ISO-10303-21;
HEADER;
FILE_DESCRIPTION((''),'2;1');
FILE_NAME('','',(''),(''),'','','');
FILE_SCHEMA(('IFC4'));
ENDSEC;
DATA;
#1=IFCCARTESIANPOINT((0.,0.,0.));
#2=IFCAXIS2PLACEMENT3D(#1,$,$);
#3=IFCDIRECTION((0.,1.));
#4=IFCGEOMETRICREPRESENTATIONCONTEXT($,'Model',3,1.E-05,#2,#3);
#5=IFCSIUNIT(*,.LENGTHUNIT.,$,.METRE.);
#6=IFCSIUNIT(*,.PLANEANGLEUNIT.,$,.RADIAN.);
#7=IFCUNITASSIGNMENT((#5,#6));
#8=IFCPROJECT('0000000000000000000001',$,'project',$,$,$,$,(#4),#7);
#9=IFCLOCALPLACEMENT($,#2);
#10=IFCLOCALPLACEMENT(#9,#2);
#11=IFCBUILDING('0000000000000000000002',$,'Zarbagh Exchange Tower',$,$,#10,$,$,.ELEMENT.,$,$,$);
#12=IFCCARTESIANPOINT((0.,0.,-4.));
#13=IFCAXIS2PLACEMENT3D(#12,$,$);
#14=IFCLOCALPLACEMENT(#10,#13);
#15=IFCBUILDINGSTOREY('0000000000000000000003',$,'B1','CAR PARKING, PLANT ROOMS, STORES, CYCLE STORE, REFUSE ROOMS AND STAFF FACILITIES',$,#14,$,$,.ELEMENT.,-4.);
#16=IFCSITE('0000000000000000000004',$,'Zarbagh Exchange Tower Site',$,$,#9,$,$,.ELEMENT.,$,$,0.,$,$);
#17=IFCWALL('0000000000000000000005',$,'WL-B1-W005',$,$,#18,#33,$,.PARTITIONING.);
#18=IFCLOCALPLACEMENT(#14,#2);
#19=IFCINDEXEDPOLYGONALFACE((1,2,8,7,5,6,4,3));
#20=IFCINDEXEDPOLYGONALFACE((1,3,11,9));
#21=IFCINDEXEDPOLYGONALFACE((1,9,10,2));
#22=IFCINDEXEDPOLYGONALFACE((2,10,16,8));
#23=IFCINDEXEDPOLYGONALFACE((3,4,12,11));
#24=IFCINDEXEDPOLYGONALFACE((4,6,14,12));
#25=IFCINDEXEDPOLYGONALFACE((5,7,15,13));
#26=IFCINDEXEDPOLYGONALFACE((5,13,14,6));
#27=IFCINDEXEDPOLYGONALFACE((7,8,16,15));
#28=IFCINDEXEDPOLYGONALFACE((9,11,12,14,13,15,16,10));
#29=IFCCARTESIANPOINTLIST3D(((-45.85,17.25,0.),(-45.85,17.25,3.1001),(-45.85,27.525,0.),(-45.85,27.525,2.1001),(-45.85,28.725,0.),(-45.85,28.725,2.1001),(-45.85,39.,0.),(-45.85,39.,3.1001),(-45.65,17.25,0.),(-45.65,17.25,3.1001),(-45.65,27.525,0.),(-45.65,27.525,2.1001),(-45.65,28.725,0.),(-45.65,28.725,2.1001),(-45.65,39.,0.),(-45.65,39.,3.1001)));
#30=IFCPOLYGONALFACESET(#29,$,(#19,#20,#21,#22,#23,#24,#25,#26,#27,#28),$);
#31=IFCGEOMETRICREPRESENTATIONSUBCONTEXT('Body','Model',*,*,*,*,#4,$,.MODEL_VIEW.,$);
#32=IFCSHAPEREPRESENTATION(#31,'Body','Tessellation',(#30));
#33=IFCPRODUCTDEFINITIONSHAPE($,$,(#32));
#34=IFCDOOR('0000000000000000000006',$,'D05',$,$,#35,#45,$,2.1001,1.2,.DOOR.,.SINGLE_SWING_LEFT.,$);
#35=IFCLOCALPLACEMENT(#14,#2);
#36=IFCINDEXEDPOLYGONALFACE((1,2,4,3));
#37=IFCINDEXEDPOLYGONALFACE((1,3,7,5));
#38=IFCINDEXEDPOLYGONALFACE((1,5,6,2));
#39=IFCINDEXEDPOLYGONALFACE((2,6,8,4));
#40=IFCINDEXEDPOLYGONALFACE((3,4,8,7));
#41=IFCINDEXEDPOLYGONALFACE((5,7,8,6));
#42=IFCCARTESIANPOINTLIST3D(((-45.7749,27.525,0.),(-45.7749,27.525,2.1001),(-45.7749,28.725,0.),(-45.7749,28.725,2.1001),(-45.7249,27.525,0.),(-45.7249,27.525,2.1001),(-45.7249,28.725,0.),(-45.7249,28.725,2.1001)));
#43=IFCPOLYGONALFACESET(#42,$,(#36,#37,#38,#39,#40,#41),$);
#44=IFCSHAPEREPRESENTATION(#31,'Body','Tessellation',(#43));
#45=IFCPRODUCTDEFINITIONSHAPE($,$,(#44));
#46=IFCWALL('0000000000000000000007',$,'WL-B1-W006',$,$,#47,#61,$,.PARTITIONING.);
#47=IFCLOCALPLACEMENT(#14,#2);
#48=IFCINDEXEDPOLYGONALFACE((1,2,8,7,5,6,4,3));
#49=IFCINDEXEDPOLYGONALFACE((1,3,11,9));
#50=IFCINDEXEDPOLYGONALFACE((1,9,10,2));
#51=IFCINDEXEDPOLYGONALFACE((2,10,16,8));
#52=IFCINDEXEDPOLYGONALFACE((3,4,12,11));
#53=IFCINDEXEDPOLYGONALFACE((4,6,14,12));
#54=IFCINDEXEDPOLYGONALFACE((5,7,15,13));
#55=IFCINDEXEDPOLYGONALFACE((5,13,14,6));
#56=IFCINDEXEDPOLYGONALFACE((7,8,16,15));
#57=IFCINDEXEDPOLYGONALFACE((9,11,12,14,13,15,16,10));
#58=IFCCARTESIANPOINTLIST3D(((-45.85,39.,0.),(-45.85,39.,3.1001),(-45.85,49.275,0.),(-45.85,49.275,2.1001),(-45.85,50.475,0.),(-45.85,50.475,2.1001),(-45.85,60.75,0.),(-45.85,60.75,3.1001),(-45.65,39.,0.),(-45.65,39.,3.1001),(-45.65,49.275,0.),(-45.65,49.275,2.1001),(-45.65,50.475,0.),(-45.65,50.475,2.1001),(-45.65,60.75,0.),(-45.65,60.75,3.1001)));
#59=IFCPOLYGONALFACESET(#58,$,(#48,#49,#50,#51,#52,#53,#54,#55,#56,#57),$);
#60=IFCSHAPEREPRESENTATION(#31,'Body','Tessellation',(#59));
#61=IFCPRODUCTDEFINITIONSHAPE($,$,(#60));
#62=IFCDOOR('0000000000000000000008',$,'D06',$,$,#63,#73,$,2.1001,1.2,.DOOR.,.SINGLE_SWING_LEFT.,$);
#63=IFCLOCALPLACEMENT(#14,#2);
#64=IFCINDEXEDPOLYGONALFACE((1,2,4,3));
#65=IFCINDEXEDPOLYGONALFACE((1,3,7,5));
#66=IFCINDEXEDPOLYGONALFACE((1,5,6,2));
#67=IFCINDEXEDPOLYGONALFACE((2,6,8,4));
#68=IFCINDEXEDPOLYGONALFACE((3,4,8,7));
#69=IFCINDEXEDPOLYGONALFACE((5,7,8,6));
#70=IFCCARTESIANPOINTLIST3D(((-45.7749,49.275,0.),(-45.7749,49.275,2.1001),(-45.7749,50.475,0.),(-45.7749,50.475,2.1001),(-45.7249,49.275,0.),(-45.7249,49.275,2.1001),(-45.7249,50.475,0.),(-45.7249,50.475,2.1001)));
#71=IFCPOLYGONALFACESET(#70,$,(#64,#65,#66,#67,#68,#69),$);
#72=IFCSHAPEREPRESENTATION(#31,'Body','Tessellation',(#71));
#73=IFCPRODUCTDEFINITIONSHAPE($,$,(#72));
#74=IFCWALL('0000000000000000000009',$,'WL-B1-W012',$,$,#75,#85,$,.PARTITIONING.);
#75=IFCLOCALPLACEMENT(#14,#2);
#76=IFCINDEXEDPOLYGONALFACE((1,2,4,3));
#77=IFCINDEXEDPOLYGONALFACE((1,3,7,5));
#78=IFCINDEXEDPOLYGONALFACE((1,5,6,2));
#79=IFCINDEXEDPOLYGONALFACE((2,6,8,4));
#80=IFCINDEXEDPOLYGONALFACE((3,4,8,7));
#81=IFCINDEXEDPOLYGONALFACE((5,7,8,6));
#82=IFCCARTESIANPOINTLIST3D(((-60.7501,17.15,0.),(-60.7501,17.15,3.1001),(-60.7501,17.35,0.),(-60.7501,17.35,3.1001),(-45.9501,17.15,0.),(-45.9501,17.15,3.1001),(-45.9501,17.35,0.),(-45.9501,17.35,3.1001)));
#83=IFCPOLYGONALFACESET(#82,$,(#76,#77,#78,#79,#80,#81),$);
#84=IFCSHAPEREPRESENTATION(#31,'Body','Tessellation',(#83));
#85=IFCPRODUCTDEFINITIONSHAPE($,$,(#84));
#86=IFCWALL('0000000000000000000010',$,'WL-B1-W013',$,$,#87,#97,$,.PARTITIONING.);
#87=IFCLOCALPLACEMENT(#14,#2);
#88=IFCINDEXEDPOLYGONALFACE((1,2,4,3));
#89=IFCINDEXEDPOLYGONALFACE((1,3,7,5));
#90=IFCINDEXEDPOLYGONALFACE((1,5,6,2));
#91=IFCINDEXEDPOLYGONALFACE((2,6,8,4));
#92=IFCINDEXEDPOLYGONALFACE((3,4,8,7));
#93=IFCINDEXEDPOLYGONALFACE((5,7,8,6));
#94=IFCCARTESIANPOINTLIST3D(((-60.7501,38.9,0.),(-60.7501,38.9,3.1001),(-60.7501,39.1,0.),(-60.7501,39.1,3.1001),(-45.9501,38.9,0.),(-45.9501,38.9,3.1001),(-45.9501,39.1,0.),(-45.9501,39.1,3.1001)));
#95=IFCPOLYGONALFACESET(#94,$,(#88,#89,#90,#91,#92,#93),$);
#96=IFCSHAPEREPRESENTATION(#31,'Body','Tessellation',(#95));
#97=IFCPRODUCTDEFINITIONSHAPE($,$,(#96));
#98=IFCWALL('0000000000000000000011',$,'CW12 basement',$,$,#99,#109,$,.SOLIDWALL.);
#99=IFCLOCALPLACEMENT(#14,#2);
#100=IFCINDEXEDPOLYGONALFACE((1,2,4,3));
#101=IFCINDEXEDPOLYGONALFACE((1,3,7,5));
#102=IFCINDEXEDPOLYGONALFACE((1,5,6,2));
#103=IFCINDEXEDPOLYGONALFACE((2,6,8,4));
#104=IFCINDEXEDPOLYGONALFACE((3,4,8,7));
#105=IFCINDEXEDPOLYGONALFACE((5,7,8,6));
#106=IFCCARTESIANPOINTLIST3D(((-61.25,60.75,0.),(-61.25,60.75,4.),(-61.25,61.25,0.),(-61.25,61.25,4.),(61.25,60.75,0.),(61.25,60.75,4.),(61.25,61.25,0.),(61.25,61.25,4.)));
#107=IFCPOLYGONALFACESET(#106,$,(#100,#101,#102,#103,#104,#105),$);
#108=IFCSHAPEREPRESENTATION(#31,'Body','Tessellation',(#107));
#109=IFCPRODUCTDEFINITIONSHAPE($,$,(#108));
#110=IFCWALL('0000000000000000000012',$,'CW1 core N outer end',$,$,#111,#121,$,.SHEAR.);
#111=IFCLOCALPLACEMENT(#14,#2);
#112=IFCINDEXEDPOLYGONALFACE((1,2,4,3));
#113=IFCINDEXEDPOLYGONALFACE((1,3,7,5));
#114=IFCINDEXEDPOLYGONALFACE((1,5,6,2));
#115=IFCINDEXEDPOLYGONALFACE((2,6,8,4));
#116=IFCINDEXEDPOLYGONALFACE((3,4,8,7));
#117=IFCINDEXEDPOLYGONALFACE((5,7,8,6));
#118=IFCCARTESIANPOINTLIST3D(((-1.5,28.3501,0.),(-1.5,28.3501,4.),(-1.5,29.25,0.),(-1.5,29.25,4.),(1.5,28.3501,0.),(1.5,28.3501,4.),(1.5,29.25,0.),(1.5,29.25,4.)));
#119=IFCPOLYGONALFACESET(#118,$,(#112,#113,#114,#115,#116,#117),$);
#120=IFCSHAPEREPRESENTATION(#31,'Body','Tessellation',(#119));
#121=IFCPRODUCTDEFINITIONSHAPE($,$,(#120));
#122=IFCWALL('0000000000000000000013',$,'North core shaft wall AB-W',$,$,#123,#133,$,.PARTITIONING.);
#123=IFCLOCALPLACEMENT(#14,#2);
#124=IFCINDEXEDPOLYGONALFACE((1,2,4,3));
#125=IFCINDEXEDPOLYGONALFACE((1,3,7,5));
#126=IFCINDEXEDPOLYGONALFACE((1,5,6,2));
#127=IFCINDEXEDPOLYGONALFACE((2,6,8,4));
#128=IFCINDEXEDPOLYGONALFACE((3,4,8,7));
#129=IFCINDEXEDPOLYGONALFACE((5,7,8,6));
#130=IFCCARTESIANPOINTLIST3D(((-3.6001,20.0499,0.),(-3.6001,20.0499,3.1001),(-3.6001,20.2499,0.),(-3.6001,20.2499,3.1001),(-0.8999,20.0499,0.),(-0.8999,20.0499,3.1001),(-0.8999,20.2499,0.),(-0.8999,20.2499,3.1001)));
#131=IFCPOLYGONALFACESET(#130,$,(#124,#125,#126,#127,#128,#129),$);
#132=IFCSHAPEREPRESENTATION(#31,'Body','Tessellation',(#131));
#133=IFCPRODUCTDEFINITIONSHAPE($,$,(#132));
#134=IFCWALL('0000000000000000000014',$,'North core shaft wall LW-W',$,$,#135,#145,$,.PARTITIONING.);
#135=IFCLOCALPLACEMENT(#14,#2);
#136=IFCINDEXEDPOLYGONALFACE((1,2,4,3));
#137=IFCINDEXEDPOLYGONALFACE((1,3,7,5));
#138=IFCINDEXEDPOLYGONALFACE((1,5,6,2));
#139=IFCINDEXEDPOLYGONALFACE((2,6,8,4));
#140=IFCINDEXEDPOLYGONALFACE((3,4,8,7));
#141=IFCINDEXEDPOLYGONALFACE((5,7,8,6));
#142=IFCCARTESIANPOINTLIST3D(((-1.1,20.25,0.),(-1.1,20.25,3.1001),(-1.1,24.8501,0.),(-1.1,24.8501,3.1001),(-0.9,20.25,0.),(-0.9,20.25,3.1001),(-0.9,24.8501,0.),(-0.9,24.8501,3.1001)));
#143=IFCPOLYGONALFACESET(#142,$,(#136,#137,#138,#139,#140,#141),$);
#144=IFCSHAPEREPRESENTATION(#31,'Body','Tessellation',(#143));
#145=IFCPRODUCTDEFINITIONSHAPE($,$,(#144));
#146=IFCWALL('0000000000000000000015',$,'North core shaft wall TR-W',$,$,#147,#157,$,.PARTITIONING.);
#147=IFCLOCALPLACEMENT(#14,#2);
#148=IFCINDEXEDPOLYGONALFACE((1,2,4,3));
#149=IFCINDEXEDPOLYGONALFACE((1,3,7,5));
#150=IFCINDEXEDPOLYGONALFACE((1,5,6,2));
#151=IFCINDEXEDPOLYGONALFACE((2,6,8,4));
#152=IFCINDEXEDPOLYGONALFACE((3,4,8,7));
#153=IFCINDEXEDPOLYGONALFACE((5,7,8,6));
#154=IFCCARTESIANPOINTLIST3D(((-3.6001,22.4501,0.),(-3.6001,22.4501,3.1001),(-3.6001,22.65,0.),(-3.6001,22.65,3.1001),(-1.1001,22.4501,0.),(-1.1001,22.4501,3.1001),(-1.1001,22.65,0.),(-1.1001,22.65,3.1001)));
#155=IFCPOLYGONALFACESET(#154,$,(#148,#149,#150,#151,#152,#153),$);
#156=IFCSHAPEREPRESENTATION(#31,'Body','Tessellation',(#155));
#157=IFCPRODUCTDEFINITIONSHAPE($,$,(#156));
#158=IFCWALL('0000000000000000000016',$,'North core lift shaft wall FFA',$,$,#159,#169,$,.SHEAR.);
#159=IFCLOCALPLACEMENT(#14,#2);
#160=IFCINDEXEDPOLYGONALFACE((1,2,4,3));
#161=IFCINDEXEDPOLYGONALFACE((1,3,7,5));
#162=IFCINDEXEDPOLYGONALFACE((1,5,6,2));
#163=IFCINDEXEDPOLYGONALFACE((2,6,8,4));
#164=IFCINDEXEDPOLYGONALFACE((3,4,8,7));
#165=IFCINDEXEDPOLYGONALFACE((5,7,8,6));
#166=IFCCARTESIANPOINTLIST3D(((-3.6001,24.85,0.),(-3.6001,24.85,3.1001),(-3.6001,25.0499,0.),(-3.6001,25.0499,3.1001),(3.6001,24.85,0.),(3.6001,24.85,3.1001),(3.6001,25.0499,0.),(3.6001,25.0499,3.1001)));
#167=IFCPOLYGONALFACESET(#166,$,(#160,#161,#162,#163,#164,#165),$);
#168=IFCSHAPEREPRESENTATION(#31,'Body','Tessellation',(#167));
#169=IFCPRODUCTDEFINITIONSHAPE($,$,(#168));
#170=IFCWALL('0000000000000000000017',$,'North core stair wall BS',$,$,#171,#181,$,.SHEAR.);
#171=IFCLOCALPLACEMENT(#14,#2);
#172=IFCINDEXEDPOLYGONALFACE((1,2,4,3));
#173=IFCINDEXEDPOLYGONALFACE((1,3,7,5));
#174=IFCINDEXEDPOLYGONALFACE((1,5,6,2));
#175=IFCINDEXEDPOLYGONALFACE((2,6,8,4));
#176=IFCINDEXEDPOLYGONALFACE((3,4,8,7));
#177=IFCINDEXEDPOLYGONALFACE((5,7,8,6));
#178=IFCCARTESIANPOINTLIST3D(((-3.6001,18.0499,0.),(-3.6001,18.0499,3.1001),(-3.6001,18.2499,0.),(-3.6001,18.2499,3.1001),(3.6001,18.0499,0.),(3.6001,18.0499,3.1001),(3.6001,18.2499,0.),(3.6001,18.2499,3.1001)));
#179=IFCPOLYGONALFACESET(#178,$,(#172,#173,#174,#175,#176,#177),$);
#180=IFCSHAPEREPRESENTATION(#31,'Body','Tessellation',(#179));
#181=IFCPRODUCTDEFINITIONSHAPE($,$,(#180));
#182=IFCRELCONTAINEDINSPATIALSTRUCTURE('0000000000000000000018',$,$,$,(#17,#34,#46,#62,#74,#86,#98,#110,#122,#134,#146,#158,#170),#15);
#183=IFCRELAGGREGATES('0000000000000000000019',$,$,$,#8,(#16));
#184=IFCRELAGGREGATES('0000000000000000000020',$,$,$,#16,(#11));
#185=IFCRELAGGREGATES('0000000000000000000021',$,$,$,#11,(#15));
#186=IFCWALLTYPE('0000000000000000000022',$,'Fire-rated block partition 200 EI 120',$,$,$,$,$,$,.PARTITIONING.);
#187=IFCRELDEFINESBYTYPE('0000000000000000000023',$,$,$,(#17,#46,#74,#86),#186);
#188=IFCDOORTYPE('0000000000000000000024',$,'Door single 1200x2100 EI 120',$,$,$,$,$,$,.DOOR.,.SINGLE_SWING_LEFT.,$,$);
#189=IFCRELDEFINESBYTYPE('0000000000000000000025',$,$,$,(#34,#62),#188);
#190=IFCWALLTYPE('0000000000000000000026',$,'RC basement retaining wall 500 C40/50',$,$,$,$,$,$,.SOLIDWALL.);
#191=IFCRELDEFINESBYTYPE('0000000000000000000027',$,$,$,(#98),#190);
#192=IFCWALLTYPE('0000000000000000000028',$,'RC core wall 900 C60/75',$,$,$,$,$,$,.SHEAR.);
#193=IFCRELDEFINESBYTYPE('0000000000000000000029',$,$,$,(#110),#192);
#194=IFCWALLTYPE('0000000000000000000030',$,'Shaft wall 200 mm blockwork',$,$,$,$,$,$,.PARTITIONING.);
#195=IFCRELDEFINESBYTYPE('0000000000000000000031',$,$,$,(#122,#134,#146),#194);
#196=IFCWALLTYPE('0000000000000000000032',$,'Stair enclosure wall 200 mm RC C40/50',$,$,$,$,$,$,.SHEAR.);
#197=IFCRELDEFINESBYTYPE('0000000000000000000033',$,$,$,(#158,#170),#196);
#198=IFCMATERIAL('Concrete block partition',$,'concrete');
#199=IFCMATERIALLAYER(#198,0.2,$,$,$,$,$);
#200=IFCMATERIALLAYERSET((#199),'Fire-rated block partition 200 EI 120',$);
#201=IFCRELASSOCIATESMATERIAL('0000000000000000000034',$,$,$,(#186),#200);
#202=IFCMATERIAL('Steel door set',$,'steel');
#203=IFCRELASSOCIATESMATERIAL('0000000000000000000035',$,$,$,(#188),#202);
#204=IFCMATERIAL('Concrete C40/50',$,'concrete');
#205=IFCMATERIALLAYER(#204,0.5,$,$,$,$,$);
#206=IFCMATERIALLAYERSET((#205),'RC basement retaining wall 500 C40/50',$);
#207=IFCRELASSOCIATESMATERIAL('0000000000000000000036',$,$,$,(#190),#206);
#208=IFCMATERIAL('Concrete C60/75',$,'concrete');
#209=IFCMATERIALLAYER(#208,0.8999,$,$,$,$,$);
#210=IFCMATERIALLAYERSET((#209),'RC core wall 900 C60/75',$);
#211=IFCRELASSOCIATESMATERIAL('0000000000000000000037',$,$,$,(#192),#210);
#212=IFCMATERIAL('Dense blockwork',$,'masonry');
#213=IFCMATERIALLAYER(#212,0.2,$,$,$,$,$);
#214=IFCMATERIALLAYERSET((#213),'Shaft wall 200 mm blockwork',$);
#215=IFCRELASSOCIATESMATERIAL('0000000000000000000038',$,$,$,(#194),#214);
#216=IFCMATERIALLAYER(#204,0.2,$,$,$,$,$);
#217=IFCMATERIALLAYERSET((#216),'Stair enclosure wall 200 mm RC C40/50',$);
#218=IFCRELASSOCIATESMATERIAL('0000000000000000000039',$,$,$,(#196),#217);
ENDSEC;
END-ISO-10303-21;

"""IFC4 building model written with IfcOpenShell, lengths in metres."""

from ifc_helpers import new_model, si_unit, direction, frame, frame_2d, origin, place, context, subcontext, project, spatial, rectangle, extrude, material, layer, layer_set, type_object, element, fill, save


model = new_model("IFC4")

# Units and contexts
model_context = context("Model", 3, precision=1e-05, world=origin(), true_north=direction((0.0, 1.0)))
body_context = subcontext(model_context, "Body", "Model", "MODEL_VIEW")
ifc_project = project(units=[si_unit("LENGTHUNIT", "METRE"), si_unit("PLANEANGLEUNIT", "RADIAN")], contexts=[model_context])

# Site, building, storey
site_placement = place(None, origin())
site = spatial("IfcSite", under=ifc_project, at=site_placement, Name="Zarbagh Exchange Tower Site", CompositionType="ELEMENT", RefElevation=0.0)
building_placement = place(site_placement, origin())
building = spatial("IfcBuilding", under=site, at=building_placement, Name="Zarbagh Exchange Tower", CompositionType="ELEMENT")
storey_placement = place(building_placement, frame((0.0, 0.0, -4.0)))
storey = spatial("IfcBuildingStorey", under=building, at=storey_placement, Name="B1", Description="CAR PARKING, PLANT ROOMS, STORES, CYCLE STORE, REFUSE ROOMS AND STAFF FACILITIES", CompositionType="ELEMENT", Elevation=-4.0)

# Shared definitions
ifc_material_1 = material(Name="Concrete C60/75", Category="concrete")

# Walls, openings, doors
ifc_material_2 = material(Name="Concrete block partition", Category="concrete")
ifc_layer_1 = layer(ifc_material_2, 0.2)
ifc_layer_set_1 = layer_set([ifc_layer_1], Name="Fire-rated block partition 200 EI 120")
wall_type_1 = type_object("IfcWallType", Name="Fire-rated block partition 200 EI 120", PredefinedType="PARTITIONING", material=ifc_layer_set_1)
wall_1_placement = place(storey_placement, frame((-45.75, 17.25, 0.0), z_axis=(0.0, 0.0, 1.0), x_axis=(0.0, 1.0, 0.0)))
wall_1 = element("IfcWall", 1, at=wall_1_placement, inside=storey, type_object=wall_type_1, Name="WL-B1-W005", PredefinedType="PARTITIONING", context=body_context, shape_type="SweptSolid", body=[
    extrude(rectangle(XDim=21.75, YDim=0.2, at=frame_2d((10.875, 0.0))), origin(), (0.0, 0.0, 1.0), 3.1001),
])
opening_1_placement = place(wall_1_placement, frame((10.2749, 0.0, 0.0)))
opening_1 = element("IfcOpeningElement", 2, at=opening_1_placement, cuts=wall_1, PredefinedType="OPENING", context=body_context, shape_type="SweptSolid", body=[
    extrude(rectangle(XDim=1.2, YDim=2.1001, at=frame_2d((0.6001, 1.05))), frame((0.0, 0.1099, 0.0), z_axis=(0.0, -1.0, 0.0), x_axis=(1.0, 0.0, 0.0)), (0.0, 0.0, 1.0), 0.22),
])
ifc_material_3 = material(Name="Steel door set", Category="steel")
door_type = type_object("IfcDoorType", Name="Door single 1200x2100 EI 120", OperationType="SINGLE_SWING_LEFT", PredefinedType="DOOR", material=ifc_material_3)
door_1_placement = place(opening_1_placement, origin())
door_1 = element("IfcDoor", 3, at=door_1_placement, inside=storey, type_object=door_type, Name="D05", OperationType="SINGLE_SWING_LEFT", OverallHeight=2.1001, OverallWidth=1.2, PredefinedType="DOOR", context=body_context, shape_type="SweptSolid", body=[
    extrude(rectangle(XDim=1.2, YDim=2.1001, at=frame_2d((0.6001, 1.05))), frame((0.0, 0.0249, 0.0), z_axis=(0.0, -1.0, 0.0), x_axis=(1.0, 0.0, 0.0)), (0.0, 0.0, 1.0), 0.05),
])
fill(opening_1, door_1)
wall_2_placement = place(storey_placement, frame((-45.75, 39.0, 0.0), z_axis=(0.0, 0.0, 1.0), x_axis=(0.0, 1.0, 0.0)))
wall_2 = element("IfcWall", 4, at=wall_2_placement, inside=storey, type_object=wall_type_1, Name="WL-B1-W006", PredefinedType="PARTITIONING", context=body_context, shape_type="SweptSolid", body=[
    extrude(rectangle(XDim=21.75, YDim=0.2, at=frame_2d((10.875, 0.0))), origin(), (0.0, 0.0, 1.0), 3.1001),
])
opening_2_placement = place(wall_2_placement, frame((10.2749, 0.0, 0.0)))
opening_2 = element("IfcOpeningElement", 5, at=opening_2_placement, cuts=wall_2, PredefinedType="OPENING", context=body_context, shape_type="SweptSolid", body=[
    extrude(rectangle(XDim=1.2, YDim=2.1001, at=frame_2d((0.6001, 1.05))), frame((0.0, 0.1099, 0.0), z_axis=(0.0, -1.0, 0.0), x_axis=(1.0, 0.0, 0.0)), (0.0, 0.0, 1.0), 0.22),
])
door_2_placement = place(opening_2_placement, origin())
door_2 = element("IfcDoor", 6, at=door_2_placement, inside=storey, type_object=door_type, Name="D06", OperationType="SINGLE_SWING_LEFT", OverallHeight=2.1001, OverallWidth=1.2, PredefinedType="DOOR", context=body_context, shape_type="SweptSolid", body=[
    extrude(rectangle(XDim=1.2, YDim=2.1001, at=frame_2d((0.6001, 1.05))), frame((0.0, 0.0249, 0.0), z_axis=(0.0, -1.0, 0.0), x_axis=(1.0, 0.0, 0.0)), (0.0, 0.0, 1.0), 0.05),
])
fill(opening_2, door_2)

# Walls
for number, where, z_axis, x_axis, name in (
    (7, (-60.75, 17.25, 0.0), (0.0, 0.0, 1.0), (1.0, 0.0, 0.0), "WL-B1-W012"),
    (8, (-60.75, 39.0, 0.0), (0.0, 0.0, 1.0), (1.0, 0.0, 0.0), "WL-B1-W013"),
):
    element("IfcWall", number, at=place(storey_placement, frame(where, z_axis=z_axis, x_axis=x_axis)), inside=storey, type_object=wall_type_1, Name=name, PredefinedType="PARTITIONING", context=body_context, shape_type="SweptSolid", body=[
        extrude(rectangle(XDim=14.8, YDim=0.2, at=frame_2d((7.3999, 0.0))), origin(), (0.0, 0.0, 1.0), 3.1001),
    ])
ifc_material_4 = material(Name="Concrete C40/50", Category="concrete")
ifc_layer_2 = layer(ifc_material_4, 0.5)
ifc_layer_set_2 = layer_set([ifc_layer_2], Name="RC basement retaining wall 500 C40/50")
wall_type_2 = type_object("IfcWallType", Name="RC basement retaining wall 500 C40/50", PredefinedType="SOLIDWALL", material=ifc_layer_set_2)
wall_3_placement = place(storey_placement, frame((-61.25, 61.0, 0.0), z_axis=(0.0, 0.0, 1.0), x_axis=(1.0, 0.0, 0.0)))
element("IfcWall", 9, at=wall_3_placement, inside=storey, type_object=wall_type_2, Name="CW12 basement", PredefinedType="SOLIDWALL", context=body_context, shape_type="SweptSolid", body=[
    extrude(rectangle(XDim=122.5, YDim=0.5, at=frame_2d((61.25, 0.0))), origin(), (0.0, 0.0, 1.0), 4.0),
])
ifc_layer_3 = layer(ifc_material_1, 0.8999)
ifc_layer_set_3 = layer_set([ifc_layer_3], Name="RC core wall 900 C60/75")
wall_type_3 = type_object("IfcWallType", Name="RC core wall 900 C60/75", PredefinedType="SHEAR", material=ifc_layer_set_3)
wall_4_placement = place(storey_placement, frame((-1.5, 28.8, 0.0), z_axis=(0.0, 0.0, 1.0), x_axis=(1.0, 0.0, 0.0)))
element("IfcWall", 10, at=wall_4_placement, inside=storey, type_object=wall_type_3, Name="CW1 core N outer end", PredefinedType="SHEAR", context=body_context, shape_type="SweptSolid", body=[
    extrude(rectangle(XDim=3.0, YDim=0.8999, at=frame_2d((1.5, 0.0))), origin(), (0.0, 0.0, 1.0), 4.0),
])
ifc_material_5 = material(Name="Dense blockwork", Category="masonry")
ifc_layer_4 = layer(ifc_material_5, 0.2)
ifc_layer_set_4 = layer_set([ifc_layer_4], Name="Shaft wall 200 mm blockwork")
wall_type_4 = type_object("IfcWallType", Name="Shaft wall 200 mm blockwork", PredefinedType="PARTITIONING", material=ifc_layer_set_4)
wall_5_placement = place(storey_placement, frame((-3.6001, 20.1499, 0.0), z_axis=(0.0, 0.0, 1.0), x_axis=(1.0, 0.0, 0.0)))
element("IfcWall", 11, at=wall_5_placement, inside=storey, type_object=wall_type_4, Name="North core shaft wall AB-W", PredefinedType="PARTITIONING", context=body_context, shape_type="SweptSolid", body=[
    extrude(rectangle(XDim=2.7002, YDim=0.2, at=frame_2d((1.3501, 0.0))), origin(), (0.0, 0.0, 1.0), 3.1001),
])
wall_6_placement = place(storey_placement, frame((-1.0, 24.8501, 0.0), z_axis=(0.0, 0.0, 1.0), x_axis=(0.0, -1.0, 0.0)))
element("IfcWall", 12, at=wall_6_placement, inside=storey, type_object=wall_type_4, Name="North core shaft wall LW-W", PredefinedType="PARTITIONING", context=body_context, shape_type="SweptSolid", body=[
    extrude(rectangle(XDim=4.6001, YDim=0.2, at=frame_2d((2.3, 0.0))), origin(), (0.0, 0.0, 1.0), 3.1001),
])
wall_7_placement = place(storey_placement, frame((-3.6001, 22.55, 0.0), z_axis=(0.0, 0.0, 1.0), x_axis=(1.0, 0.0, 0.0)))
element("IfcWall", 13, at=wall_7_placement, inside=storey, type_object=wall_type_4, Name="North core shaft wall TR-W", PredefinedType="PARTITIONING", context=body_context, shape_type="SweptSolid", body=[
    extrude(rectangle(XDim=2.5, YDim=0.2, at=frame_2d((1.25, 0.0))), origin(), (0.0, 0.0, 1.0), 3.1001),
])
ifc_layer_5 = layer(ifc_material_4, 0.2)
ifc_layer_set_5 = layer_set([ifc_layer_5], Name="Stair enclosure wall 200 mm RC C40/50")
wall_type_5 = type_object("IfcWallType", Name="Stair enclosure wall 200 mm RC C40/50", PredefinedType="SHEAR", material=ifc_layer_set_5)
for number, where, z_axis, x_axis, name in (
    (14, (-3.6001, 24.95, 0.0), (0.0, 0.0, 1.0), (1.0, 0.0, 0.0), "North core lift shaft wall FFA"),
    (15, (-3.6001, 18.1499, 0.0), (0.0, 0.0, 1.0), (1.0, 0.0, 0.0), "North core stair wall BS"),
):
    element("IfcWall", number, at=place(storey_placement, frame(where, z_axis=z_axis, x_axis=x_axis)), inside=storey, type_object=wall_type_5, Name=name, PredefinedType="SHEAR", context=body_context, shape_type="SweptSolid", body=[
        extrude(rectangle(XDim=7.2002, YDim=0.2, at=frame_2d((3.6001, 0.0))), origin(), (0.0, 0.0, 1.0), 3.1001),
    ])

save(model, "model.ifc")
